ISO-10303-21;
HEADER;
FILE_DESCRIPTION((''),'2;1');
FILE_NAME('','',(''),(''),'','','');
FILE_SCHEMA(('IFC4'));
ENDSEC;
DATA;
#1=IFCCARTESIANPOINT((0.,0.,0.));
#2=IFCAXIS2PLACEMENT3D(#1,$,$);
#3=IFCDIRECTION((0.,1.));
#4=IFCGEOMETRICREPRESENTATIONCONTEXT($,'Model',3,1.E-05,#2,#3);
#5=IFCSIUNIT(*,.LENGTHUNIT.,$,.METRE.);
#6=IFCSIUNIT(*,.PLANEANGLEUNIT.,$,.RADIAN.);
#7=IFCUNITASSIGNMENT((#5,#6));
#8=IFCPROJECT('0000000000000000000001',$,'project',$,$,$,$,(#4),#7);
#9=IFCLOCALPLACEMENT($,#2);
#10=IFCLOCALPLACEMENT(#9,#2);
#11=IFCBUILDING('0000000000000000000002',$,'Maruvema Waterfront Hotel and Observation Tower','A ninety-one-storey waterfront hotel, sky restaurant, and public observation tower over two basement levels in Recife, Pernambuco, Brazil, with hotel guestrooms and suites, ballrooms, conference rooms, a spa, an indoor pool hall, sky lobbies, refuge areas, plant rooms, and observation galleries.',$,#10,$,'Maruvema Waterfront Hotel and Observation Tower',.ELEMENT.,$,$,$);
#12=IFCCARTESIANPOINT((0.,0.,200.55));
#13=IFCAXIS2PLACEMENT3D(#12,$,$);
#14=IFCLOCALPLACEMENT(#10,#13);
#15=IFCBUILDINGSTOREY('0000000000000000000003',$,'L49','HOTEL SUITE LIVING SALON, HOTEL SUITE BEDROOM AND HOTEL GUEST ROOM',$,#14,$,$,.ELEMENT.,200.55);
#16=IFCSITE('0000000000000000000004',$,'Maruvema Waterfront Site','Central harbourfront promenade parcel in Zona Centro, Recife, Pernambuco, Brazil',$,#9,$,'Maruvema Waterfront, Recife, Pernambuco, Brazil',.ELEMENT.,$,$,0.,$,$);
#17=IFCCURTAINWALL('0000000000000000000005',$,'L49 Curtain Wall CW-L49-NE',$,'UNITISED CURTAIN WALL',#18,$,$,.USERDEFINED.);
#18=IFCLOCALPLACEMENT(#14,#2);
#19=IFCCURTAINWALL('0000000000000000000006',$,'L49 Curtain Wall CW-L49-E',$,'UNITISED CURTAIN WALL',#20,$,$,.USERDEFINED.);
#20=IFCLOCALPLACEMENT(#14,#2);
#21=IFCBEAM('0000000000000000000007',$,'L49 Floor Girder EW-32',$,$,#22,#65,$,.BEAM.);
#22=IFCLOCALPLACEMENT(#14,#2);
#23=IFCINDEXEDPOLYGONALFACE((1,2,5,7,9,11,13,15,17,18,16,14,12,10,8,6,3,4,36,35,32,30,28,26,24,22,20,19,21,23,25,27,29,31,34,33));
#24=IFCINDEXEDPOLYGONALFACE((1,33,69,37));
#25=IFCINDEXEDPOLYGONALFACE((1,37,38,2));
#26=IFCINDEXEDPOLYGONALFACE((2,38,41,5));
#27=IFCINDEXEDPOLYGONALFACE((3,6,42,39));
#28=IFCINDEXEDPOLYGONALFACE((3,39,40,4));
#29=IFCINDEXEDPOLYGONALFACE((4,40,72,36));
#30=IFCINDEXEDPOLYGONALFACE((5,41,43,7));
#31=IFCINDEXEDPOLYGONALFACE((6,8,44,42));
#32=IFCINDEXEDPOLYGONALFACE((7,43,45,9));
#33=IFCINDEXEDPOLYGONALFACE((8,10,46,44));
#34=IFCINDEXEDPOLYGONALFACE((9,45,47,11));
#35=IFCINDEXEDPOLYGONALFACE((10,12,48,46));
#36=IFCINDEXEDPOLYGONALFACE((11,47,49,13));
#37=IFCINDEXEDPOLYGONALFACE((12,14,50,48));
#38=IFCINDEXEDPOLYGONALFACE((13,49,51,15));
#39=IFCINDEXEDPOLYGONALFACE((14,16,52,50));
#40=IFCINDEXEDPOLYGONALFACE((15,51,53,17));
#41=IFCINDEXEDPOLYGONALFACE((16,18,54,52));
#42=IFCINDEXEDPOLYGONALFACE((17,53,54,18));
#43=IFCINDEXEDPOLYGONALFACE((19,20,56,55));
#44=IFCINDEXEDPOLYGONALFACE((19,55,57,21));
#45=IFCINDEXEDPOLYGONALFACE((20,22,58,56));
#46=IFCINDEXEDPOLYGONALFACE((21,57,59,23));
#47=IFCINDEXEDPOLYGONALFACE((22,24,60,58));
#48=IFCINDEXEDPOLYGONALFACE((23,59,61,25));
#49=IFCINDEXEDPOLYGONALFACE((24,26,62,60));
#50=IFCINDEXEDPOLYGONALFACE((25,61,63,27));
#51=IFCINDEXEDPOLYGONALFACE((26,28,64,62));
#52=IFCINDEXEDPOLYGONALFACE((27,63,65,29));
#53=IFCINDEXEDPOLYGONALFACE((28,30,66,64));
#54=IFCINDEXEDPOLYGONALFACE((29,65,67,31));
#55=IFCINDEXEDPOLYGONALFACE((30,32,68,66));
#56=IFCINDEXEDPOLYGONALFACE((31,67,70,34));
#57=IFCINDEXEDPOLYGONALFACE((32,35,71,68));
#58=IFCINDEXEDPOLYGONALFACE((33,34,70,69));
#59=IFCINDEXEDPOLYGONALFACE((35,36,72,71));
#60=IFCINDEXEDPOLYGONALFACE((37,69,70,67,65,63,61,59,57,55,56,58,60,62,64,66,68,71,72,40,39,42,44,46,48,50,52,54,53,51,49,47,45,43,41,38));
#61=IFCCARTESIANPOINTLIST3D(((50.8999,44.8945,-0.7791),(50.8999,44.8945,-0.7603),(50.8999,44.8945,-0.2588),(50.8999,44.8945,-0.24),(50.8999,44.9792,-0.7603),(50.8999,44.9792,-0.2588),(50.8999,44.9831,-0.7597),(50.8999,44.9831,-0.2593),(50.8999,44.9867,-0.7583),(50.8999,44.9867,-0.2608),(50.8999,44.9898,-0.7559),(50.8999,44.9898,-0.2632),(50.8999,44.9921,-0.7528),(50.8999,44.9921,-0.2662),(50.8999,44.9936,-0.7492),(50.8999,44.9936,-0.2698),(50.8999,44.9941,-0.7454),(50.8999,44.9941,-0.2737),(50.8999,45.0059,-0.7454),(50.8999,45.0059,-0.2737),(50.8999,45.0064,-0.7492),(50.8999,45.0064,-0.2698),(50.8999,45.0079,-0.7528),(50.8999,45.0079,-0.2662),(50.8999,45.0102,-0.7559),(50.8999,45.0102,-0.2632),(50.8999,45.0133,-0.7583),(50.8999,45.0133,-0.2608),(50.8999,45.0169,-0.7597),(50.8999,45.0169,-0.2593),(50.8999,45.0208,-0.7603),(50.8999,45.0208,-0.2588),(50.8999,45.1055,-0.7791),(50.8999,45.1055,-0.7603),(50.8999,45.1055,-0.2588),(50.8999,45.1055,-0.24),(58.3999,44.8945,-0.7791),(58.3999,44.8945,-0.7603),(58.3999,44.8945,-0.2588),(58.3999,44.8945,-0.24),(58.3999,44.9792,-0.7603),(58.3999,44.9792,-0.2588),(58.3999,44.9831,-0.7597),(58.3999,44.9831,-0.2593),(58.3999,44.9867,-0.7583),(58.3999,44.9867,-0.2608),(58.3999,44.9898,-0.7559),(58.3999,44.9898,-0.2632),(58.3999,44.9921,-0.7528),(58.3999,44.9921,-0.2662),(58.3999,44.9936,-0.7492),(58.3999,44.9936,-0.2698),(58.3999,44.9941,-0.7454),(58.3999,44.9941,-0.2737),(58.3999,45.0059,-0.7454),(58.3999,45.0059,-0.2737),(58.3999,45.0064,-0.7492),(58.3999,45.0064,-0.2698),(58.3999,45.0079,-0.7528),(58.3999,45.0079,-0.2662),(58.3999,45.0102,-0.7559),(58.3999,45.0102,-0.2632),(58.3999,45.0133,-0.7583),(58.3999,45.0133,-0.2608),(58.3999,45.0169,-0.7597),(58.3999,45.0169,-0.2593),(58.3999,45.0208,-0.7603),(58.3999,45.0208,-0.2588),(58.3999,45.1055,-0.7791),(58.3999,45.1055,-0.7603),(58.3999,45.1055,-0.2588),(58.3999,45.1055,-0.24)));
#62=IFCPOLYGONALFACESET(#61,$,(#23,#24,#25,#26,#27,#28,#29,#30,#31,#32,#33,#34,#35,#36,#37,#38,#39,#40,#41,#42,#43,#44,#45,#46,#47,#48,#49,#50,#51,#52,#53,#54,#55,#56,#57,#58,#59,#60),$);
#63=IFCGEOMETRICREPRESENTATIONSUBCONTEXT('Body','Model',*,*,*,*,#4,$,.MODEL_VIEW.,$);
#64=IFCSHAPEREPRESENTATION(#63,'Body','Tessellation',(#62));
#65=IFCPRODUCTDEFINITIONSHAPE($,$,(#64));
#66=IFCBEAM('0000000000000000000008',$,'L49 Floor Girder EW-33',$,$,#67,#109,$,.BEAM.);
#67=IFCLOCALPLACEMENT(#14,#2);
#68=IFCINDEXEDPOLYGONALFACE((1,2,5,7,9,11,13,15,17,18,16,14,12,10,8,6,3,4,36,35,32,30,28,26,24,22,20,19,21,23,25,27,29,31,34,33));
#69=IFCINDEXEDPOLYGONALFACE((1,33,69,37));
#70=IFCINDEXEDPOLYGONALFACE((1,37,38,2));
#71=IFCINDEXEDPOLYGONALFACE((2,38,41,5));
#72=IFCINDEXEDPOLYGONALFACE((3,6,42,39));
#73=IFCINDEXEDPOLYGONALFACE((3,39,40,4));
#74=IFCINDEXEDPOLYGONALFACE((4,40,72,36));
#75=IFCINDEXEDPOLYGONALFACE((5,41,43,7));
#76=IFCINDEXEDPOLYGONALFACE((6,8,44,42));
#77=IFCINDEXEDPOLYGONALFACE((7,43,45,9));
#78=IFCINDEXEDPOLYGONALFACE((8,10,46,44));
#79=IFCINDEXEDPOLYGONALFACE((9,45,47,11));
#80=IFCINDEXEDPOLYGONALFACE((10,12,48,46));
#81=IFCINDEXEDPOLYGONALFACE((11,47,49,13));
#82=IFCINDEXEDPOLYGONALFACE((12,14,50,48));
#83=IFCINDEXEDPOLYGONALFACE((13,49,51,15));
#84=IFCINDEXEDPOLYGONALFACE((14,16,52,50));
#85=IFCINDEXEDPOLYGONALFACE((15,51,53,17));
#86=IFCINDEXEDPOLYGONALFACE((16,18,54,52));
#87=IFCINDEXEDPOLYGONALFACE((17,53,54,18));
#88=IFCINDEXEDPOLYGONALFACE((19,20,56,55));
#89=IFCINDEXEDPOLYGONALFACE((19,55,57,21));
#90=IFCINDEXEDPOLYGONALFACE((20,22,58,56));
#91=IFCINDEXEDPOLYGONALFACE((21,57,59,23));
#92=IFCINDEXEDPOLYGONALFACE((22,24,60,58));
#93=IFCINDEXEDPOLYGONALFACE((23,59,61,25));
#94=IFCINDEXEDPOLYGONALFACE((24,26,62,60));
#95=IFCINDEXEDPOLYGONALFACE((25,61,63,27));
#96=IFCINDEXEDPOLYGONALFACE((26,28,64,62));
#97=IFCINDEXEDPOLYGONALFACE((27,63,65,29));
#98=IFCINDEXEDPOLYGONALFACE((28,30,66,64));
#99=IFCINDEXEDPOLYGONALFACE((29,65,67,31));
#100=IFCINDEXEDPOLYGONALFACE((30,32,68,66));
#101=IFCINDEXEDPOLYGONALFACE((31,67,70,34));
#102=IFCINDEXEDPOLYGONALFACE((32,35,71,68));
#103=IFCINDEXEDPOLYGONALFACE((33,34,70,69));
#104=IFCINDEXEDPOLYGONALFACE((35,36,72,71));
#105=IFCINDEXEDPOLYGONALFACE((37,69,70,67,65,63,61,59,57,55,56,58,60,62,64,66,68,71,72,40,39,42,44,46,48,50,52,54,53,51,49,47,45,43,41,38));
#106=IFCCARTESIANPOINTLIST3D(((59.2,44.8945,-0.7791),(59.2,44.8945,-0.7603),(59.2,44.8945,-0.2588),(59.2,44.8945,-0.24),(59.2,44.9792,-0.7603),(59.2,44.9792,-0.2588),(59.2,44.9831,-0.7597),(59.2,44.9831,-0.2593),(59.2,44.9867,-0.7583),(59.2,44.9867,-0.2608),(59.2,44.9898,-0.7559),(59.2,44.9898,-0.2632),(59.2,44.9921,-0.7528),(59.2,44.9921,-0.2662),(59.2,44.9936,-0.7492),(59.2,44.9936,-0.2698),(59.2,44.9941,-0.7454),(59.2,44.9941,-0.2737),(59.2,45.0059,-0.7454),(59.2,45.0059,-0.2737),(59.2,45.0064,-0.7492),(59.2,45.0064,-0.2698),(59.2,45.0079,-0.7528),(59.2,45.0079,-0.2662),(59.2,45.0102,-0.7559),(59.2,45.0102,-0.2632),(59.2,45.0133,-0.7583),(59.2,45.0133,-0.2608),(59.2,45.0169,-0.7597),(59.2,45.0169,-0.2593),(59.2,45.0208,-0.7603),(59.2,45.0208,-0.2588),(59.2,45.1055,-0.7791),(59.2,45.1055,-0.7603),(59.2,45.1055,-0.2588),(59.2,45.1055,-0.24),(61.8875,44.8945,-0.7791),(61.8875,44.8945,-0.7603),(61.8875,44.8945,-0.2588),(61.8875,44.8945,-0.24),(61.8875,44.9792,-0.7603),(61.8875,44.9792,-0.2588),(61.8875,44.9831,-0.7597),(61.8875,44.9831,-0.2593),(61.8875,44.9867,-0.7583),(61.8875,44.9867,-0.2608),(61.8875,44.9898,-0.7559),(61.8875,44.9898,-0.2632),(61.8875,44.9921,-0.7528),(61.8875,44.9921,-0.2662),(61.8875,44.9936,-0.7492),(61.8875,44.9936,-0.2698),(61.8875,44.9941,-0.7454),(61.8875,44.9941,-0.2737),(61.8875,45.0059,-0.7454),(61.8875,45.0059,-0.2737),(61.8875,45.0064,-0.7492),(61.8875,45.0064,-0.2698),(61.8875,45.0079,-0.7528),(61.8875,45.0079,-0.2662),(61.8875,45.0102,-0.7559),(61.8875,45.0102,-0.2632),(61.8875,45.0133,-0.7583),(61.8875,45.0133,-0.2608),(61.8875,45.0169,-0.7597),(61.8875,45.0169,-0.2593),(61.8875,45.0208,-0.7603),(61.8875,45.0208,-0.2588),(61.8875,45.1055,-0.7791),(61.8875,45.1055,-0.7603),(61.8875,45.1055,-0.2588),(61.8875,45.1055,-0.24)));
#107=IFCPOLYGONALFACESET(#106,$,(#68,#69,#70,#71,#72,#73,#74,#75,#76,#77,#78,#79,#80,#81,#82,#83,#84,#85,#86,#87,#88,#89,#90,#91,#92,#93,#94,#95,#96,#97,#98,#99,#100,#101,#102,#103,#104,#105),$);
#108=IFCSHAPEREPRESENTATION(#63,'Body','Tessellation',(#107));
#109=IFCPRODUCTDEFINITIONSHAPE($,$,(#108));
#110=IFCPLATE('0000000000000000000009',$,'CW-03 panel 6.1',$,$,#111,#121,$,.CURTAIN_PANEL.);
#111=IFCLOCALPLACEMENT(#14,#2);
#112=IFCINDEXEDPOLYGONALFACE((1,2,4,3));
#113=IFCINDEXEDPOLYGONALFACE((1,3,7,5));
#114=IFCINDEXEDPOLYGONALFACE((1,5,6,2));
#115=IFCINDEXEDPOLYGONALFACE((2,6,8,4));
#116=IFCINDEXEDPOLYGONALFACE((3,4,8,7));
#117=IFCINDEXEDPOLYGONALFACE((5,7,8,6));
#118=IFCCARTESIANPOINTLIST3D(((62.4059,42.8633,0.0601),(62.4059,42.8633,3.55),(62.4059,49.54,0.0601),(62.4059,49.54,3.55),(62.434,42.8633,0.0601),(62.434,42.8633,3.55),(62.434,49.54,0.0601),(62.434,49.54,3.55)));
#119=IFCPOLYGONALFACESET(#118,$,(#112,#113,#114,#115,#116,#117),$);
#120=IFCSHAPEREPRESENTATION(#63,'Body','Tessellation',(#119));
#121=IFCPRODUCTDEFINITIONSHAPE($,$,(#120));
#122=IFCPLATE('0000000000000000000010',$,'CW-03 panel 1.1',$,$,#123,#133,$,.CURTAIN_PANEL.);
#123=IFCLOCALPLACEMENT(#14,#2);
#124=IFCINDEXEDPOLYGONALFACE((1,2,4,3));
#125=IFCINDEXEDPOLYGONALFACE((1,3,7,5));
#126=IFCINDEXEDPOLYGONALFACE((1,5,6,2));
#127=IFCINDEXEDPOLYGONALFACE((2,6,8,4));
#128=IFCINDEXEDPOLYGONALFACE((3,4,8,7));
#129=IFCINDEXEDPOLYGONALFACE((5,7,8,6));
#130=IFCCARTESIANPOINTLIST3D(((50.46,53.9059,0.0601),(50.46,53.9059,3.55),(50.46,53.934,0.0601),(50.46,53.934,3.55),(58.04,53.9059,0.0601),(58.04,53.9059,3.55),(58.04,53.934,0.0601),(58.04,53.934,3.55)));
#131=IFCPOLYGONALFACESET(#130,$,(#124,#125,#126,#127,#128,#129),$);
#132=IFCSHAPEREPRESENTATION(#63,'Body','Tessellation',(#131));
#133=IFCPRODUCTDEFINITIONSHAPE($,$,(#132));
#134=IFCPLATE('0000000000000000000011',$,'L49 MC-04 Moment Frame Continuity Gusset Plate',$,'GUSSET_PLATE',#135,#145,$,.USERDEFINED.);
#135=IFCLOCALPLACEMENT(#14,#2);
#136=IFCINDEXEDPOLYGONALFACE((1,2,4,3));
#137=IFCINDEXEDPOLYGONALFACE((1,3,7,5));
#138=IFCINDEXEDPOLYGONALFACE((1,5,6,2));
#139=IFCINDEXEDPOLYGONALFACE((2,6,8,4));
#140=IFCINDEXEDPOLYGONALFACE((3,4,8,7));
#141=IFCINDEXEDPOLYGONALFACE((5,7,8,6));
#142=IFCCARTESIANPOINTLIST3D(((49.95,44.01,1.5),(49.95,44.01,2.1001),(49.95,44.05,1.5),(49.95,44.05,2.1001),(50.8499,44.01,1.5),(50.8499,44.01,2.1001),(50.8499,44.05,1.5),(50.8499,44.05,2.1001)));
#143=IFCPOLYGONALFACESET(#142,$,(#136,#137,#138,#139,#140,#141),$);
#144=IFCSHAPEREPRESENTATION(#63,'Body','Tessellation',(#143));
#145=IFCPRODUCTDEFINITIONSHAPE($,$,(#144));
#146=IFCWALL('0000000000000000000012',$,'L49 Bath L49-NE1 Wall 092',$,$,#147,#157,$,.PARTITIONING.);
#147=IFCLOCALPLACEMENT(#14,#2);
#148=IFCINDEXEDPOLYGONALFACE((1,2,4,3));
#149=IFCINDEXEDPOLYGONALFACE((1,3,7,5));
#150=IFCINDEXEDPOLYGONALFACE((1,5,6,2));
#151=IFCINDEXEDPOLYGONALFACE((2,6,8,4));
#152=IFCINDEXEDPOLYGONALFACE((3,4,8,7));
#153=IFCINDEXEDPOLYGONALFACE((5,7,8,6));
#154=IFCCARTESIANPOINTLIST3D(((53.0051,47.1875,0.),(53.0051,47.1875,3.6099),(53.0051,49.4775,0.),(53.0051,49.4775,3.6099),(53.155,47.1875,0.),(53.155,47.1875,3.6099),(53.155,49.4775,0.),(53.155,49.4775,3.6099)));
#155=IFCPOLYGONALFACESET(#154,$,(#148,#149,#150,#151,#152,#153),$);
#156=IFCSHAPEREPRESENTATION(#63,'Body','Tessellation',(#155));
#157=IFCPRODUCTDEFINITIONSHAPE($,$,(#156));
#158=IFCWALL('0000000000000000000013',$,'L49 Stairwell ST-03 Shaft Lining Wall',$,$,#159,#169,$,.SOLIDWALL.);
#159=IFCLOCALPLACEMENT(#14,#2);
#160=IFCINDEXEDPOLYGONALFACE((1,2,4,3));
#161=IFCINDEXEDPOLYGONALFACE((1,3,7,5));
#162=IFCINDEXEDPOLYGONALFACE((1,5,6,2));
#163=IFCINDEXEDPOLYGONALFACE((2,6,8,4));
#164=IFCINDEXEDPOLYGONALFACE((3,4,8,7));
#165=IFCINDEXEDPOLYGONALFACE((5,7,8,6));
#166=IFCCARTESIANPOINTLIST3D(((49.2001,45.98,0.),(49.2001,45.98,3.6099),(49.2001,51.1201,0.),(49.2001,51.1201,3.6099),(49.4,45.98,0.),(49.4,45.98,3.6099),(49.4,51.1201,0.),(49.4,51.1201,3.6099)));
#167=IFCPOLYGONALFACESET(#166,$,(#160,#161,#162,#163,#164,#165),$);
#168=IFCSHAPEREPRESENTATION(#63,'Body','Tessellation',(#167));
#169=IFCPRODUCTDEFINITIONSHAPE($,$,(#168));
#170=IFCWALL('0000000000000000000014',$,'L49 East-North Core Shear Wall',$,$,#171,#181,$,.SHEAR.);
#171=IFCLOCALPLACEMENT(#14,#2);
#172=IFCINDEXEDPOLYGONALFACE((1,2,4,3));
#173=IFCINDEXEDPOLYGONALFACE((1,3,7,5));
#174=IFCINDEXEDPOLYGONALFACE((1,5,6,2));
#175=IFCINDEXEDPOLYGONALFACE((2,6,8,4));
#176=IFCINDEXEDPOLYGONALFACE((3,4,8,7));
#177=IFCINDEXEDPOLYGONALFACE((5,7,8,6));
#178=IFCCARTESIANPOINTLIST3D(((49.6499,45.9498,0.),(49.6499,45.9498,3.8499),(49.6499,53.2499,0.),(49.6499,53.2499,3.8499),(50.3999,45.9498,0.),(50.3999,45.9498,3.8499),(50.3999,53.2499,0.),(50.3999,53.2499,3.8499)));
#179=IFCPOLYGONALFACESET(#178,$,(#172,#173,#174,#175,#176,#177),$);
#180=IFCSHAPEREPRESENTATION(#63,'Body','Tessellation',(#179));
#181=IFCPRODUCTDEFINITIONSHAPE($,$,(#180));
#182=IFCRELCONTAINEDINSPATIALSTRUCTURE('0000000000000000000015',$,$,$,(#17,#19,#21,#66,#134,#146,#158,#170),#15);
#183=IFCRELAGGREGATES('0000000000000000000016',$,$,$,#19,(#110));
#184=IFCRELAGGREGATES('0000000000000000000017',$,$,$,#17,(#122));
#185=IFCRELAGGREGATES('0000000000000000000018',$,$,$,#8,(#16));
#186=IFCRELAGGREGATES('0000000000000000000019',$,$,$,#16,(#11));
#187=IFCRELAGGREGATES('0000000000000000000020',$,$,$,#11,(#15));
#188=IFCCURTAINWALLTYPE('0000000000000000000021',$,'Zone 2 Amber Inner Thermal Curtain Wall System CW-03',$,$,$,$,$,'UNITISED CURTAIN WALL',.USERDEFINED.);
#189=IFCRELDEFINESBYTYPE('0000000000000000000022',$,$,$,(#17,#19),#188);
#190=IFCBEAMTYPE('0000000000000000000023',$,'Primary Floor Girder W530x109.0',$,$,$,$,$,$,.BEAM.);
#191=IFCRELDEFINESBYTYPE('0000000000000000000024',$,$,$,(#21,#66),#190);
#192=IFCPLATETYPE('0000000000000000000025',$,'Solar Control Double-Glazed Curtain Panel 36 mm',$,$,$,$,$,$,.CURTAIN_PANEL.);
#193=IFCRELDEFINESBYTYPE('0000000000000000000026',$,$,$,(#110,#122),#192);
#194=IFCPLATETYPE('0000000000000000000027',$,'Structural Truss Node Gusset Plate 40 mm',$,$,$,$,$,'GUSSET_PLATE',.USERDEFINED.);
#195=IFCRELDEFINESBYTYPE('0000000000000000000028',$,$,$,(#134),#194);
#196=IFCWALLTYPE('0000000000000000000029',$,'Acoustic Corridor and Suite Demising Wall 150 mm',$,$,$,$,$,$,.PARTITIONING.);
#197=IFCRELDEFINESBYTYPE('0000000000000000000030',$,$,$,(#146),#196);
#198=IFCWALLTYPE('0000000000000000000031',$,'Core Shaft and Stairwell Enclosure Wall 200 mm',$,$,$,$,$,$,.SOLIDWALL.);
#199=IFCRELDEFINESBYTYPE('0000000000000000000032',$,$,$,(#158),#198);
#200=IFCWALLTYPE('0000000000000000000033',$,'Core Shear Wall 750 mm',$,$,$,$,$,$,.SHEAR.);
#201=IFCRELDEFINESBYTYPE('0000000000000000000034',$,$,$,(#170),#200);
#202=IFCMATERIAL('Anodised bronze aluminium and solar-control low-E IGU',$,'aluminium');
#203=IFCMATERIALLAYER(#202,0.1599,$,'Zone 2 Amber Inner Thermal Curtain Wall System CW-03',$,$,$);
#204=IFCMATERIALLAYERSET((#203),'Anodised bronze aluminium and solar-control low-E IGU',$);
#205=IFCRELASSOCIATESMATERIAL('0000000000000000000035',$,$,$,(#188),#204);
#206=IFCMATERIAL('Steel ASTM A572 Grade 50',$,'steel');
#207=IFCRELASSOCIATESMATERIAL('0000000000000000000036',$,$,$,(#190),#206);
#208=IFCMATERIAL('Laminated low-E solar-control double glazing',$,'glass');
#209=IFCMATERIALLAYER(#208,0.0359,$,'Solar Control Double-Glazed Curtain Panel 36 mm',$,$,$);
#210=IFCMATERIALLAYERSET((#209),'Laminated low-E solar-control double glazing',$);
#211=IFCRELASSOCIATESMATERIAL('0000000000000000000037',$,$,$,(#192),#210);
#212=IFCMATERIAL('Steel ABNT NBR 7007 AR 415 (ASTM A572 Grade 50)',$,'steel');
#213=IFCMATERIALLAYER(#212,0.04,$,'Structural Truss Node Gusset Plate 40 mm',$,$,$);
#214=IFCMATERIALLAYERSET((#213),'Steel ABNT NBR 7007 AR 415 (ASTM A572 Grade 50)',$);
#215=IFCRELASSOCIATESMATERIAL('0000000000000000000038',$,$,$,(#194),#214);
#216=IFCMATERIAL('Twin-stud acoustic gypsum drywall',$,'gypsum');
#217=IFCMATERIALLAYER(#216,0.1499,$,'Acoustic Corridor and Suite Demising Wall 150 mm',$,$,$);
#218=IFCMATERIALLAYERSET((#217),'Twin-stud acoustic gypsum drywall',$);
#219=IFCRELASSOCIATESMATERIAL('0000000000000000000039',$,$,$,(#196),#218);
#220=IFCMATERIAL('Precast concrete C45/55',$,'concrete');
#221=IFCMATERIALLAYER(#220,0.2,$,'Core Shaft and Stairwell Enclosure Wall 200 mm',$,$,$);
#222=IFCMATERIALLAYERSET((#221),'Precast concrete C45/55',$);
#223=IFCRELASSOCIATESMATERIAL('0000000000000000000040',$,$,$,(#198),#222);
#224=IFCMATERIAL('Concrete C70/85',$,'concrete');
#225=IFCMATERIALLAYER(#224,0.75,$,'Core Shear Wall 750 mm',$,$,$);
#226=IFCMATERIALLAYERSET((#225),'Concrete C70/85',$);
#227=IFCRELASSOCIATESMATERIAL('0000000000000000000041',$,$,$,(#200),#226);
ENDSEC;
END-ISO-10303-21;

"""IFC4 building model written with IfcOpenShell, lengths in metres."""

from ifc_helpers import new_model, si_unit, direction, frame, frame_2d, origin, origin_2d, place, context, subcontext, project, spatial, rectangle, i_section, extrude, material, layer, layer_set, material_profile, profile_set, type_object, element, aggregate, save


model = new_model("IFC4")

# Units and contexts
model_context = context("Model", 3, precision=1e-05, world=origin(), true_north=direction((0.0, 1.0)))
body_context = subcontext(model_context, "Body", "Model", "MODEL_VIEW")
ifc_project = project(units=[si_unit("LENGTHUNIT", "METRE"), si_unit("PLANEANGLEUNIT", "RADIAN")], contexts=[model_context])

# Site, building, storey
site_placement = place(None, origin())
site = spatial("IfcSite", under=ifc_project, at=site_placement, Name="Maruvema Waterfront Site", Description="Central harbourfront promenade parcel in Zona Centro, Recife, Pernambuco, Brazil", LongName="Maruvema Waterfront, Recife, Pernambuco, Brazil", CompositionType="ELEMENT", RefElevation=0.0)
building_placement = place(site_placement, origin())
building = spatial("IfcBuilding", under=site, at=building_placement, Name="Maruvema Waterfront Hotel and Observation Tower", Description="A ninety-one-storey waterfront hotel, sky restaurant, and public observation tower over two basement levels in Recife, Pernambuco, Brazil, with hotel guestrooms and suites, ballrooms, conference rooms, a spa, an indoor pool hall, sky lobbies, refuge areas, plant rooms, and observation galleries.", LongName="Maruvema Waterfront Hotel and Observation Tower", CompositionType="ELEMENT")
storey_placement = place(building_placement, frame((0.0, 0.0, 200.55)))
storey = spatial("IfcBuildingStorey", under=building, at=storey_placement, Name="L49", Description="HOTEL SUITE LIVING SALON, HOTEL SUITE BEDROOM AND HOTEL GUEST ROOM", CompositionType="ELEMENT", Elevation=200.55)

# Curtain wall
ifc_material_1 = material(Name="Anodised bronze aluminium and solar-control low-E IGU", Category="aluminium")
ifc_layer_1 = layer(ifc_material_1, 0.1599, Name="Zone 2 Amber Inner Thermal Curtain Wall System CW-03")
ifc_layer_set_1 = layer_set([ifc_layer_1], Name="Anodised bronze aluminium and solar-control low-E IGU")
curtain_wall_type = type_object("IfcCurtainWallType", Name="Zone 2 Amber Inner Thermal Curtain Wall System CW-03", ElementType="UNITISED CURTAIN WALL", PredefinedType="USERDEFINED", material=ifc_layer_set_1)
curtain_wall_1_placement = place(storey_placement, origin())
curtain_wall_1 = element("IfcCurtainWall", 1, at=curtain_wall_1_placement, inside=storey, type_object=curtain_wall_type, Name="L49 Curtain Wall CW-L49-NE", ObjectType="UNITISED CURTAIN WALL", PredefinedType="USERDEFINED")

# Curtain wall
curtain_wall_2_placement = place(storey_placement, origin())
curtain_wall_2 = element("IfcCurtainWall", 2, at=curtain_wall_2_placement, inside=storey, type_object=curtain_wall_type, Name="L49 Curtain Wall CW-L49-E", ObjectType="UNITISED CURTAIN WALL", PredefinedType="USERDEFINED")

# Beams
ifc_material_2 = material(Name="Steel ASTM A572 Grade 50", Category="steel")
ifc_material_profile_1 = material_profile(ifc_material_2, i_section(OverallWidth=0.2109, OverallDepth=0.5391, WebThickness=0.0117, FlangeThickness=0.0188, FilletRadius=0.0149, at=origin_2d()), Name="W530x109.0")
ifc_profile_set_1 = profile_set([ifc_material_profile_1], Name="Steel ASTM A572 Grade 50")
beam_type = type_object("IfcBeamType", Name="Primary Floor Girder W530x109.0", PredefinedType="BEAM", material=ifc_profile_set_1)
beam_1_placement = place(storey_placement, frame((50.8999, 45.0, -0.5095), z_axis=(1.0, 0.0, 0.0), x_axis=(0.0, 1.0, 0.0)))
element("IfcBeam", 3, at=beam_1_placement, inside=storey, type_object=beam_type, Name="L49 Floor Girder EW-32", PredefinedType="BEAM", context=body_context, shape_type="SweptSolid", body=[
    extrude(i_section(OverallWidth=0.2109, OverallDepth=0.5391, WebThickness=0.0117, FlangeThickness=0.0188, FilletRadius=0.0149, at=origin_2d()), origin(), (0.0, 0.0, 1.0), 7.5),
])
beam_2_placement = place(storey_placement, frame((59.2, 45.0, -0.5095), z_axis=(1.0, 0.0, 0.0), x_axis=(0.0, 1.0, 0.0)))
element("IfcBeam", 4, at=beam_2_placement, inside=storey, type_object=beam_type, Name="L49 Floor Girder EW-33", PredefinedType="BEAM", context=body_context, shape_type="SweptSolid", body=[
    extrude(i_section(OverallWidth=0.2109, OverallDepth=0.5391, WebThickness=0.0117, FlangeThickness=0.0188, FilletRadius=0.0149, at=origin_2d()), origin(), (0.0, 0.0, 1.0), 2.6875),
])

# Plates
ifc_material_3 = material(Name="Laminated low-E solar-control double glazing", Category="glass")
ifc_layer_2 = layer(ifc_material_3, 0.0359, Name="Solar Control Double-Glazed Curtain Panel 36 mm")
ifc_layer_set_2 = layer_set([ifc_layer_2], Name="Laminated low-E solar-control double glazing")
plate_type_1 = type_object("IfcPlateType", Name="Solar Control Double-Glazed Curtain Panel 36 mm", PredefinedType="CURTAIN_PANEL", material=ifc_layer_set_2)
plate_1_placement = place(storey_placement, frame((62.4199, 46.2017, 0.0601), z_axis=(0.0, 0.0, 1.0), x_axis=(0.0, 1.0, 0.0)))
plate_1 = element("IfcPlate", 5, at=plate_1_placement, type_object=plate_type_1, Name="CW-03 panel 6.1", PredefinedType="CURTAIN_PANEL", context=body_context, shape_type="SweptSolid", body=[
    extrude(rectangle(XDim=6.6768, YDim=0.0281, at=origin_2d()), origin(), (0.0, 0.0, 1.0), 3.49),
])
aggregate(curtain_wall_2, [plate_1])
plate_2_placement = place(storey_placement, frame((54.25, 53.9199, 0.0601), z_axis=(0.0, 0.0, 1.0), x_axis=(-1.0, 0.0, 0.0)))
plate_2 = element("IfcPlate", 6, at=plate_2_placement, type_object=plate_type_1, Name="CW-03 panel 1.1", PredefinedType="CURTAIN_PANEL", context=body_context, shape_type="SweptSolid", body=[
    extrude(rectangle(XDim=7.5801, YDim=0.0281, at=origin_2d()), origin(), (0.0, 0.0, 1.0), 3.49),
])
aggregate(curtain_wall_1, [plate_2])
ifc_material_4 = material(Name="Steel ABNT NBR 7007 AR 415 (ASTM A572 Grade 50)", Category="steel")
ifc_layer_3 = layer(ifc_material_4, 0.04, Name="Structural Truss Node Gusset Plate 40 mm")
ifc_layer_set_3 = layer_set([ifc_layer_3], Name="Steel ABNT NBR 7007 AR 415 (ASTM A572 Grade 50)")
plate_type_2 = type_object("IfcPlateType", Name="Structural Truss Node Gusset Plate 40 mm", ElementType="GUSSET_PLATE", PredefinedType="USERDEFINED", material=ifc_layer_set_3)
plate_3_placement = place(storey_placement, frame((50.3999, 44.03, 1.5), z_axis=(0.0, 0.0, 1.0), x_axis=(1.0, 0.0, 0.0)))
element("IfcPlate", 7, at=plate_3_placement, inside=storey, type_object=plate_type_2, Name="L49 MC-04 Moment Frame Continuity Gusset Plate", ObjectType="GUSSET_PLATE", PredefinedType="USERDEFINED", context=body_context, shape_type="SweptSolid", body=[
    extrude(rectangle(XDim=0.8999, YDim=0.04, at=origin_2d()), origin(), (0.0, 0.0, 1.0), 0.6001),
])

# Walls
ifc_material_5 = material(Name="Twin-stud acoustic gypsum drywall", Category="gypsum")
ifc_layer_4 = layer(ifc_material_5, 0.1499, Name="Acoustic Corridor and Suite Demising Wall 150 mm")
ifc_layer_set_4 = layer_set([ifc_layer_4], Name="Twin-stud acoustic gypsum drywall")
wall_type_1 = type_object("IfcWallType", Name="Acoustic Corridor and Suite Demising Wall 150 mm", PredefinedType="PARTITIONING", material=ifc_layer_set_4)
wall_1_placement = place(storey_placement, frame((53.0801, 47.1875, 0.0), z_axis=(0.0, 0.0, 1.0), x_axis=(0.0, 1.0, 0.0)))
element("IfcWall", 8, at=wall_1_placement, inside=storey, type_object=wall_type_1, Name="L49 Bath L49-NE1 Wall 092", PredefinedType="PARTITIONING", context=body_context, shape_type="SweptSolid", body=[
    extrude(rectangle(XDim=2.29, YDim=0.1499, at=frame_2d((1.145, 0.0))), origin(), (0.0, 0.0, 1.0), 3.6099),
])
ifc_material_6 = material(Name="Precast concrete C45/55", Category="concrete")
ifc_layer_5 = layer(ifc_material_6, 0.2, Name="Core Shaft and Stairwell Enclosure Wall 200 mm")
ifc_layer_set_5 = layer_set([ifc_layer_5], Name="Precast concrete C45/55")
wall_type_2 = type_object("IfcWallType", Name="Core Shaft and Stairwell Enclosure Wall 200 mm", PredefinedType="SOLIDWALL", material=ifc_layer_set_5)
wall_2_placement = place(storey_placement, frame((49.3, 45.98, 0.0), z_axis=(0.0, 0.0, 1.0), x_axis=(0.0, 1.0, 0.0)))
element("IfcWall", 9, at=wall_2_placement, inside=storey, type_object=wall_type_2, Name="L49 Stairwell ST-03 Shaft Lining Wall", PredefinedType="SOLIDWALL", context=body_context, shape_type="SweptSolid", body=[
    extrude(rectangle(XDim=5.1401, YDim=0.2, at=frame_2d((2.5701, 0.0))), origin(), (0.0, 0.0, 1.0), 3.6099),
])
ifc_material_7 = material(Name="Concrete C70/85", Category="concrete")
ifc_layer_6 = layer(ifc_material_7, 0.75, Name="Core Shear Wall 750 mm")
ifc_layer_set_6 = layer_set([ifc_layer_6], Name="Concrete C70/85")
wall_type_3 = type_object("IfcWallType", Name="Core Shear Wall 750 mm", PredefinedType="SHEAR", material=ifc_layer_set_6)
wall_3_placement = place(storey_placement, frame((50.0249, 45.95, 0.0), z_axis=(0.0, 0.0, 1.0), x_axis=(0.0, 1.0, 0.0)))
element("IfcWall", 10, at=wall_3_placement, inside=storey, type_object=wall_type_3, Name="L49 East-North Core Shear Wall", PredefinedType="SHEAR", context=body_context, shape_type="SweptSolid", body=[
    extrude(rectangle(XDim=7.3, YDim=0.75, at=frame_2d((3.6499, 0.0))), origin(), (0.0, 0.0, 1.0), 3.8499),
])

save(model, "model.ifc")
